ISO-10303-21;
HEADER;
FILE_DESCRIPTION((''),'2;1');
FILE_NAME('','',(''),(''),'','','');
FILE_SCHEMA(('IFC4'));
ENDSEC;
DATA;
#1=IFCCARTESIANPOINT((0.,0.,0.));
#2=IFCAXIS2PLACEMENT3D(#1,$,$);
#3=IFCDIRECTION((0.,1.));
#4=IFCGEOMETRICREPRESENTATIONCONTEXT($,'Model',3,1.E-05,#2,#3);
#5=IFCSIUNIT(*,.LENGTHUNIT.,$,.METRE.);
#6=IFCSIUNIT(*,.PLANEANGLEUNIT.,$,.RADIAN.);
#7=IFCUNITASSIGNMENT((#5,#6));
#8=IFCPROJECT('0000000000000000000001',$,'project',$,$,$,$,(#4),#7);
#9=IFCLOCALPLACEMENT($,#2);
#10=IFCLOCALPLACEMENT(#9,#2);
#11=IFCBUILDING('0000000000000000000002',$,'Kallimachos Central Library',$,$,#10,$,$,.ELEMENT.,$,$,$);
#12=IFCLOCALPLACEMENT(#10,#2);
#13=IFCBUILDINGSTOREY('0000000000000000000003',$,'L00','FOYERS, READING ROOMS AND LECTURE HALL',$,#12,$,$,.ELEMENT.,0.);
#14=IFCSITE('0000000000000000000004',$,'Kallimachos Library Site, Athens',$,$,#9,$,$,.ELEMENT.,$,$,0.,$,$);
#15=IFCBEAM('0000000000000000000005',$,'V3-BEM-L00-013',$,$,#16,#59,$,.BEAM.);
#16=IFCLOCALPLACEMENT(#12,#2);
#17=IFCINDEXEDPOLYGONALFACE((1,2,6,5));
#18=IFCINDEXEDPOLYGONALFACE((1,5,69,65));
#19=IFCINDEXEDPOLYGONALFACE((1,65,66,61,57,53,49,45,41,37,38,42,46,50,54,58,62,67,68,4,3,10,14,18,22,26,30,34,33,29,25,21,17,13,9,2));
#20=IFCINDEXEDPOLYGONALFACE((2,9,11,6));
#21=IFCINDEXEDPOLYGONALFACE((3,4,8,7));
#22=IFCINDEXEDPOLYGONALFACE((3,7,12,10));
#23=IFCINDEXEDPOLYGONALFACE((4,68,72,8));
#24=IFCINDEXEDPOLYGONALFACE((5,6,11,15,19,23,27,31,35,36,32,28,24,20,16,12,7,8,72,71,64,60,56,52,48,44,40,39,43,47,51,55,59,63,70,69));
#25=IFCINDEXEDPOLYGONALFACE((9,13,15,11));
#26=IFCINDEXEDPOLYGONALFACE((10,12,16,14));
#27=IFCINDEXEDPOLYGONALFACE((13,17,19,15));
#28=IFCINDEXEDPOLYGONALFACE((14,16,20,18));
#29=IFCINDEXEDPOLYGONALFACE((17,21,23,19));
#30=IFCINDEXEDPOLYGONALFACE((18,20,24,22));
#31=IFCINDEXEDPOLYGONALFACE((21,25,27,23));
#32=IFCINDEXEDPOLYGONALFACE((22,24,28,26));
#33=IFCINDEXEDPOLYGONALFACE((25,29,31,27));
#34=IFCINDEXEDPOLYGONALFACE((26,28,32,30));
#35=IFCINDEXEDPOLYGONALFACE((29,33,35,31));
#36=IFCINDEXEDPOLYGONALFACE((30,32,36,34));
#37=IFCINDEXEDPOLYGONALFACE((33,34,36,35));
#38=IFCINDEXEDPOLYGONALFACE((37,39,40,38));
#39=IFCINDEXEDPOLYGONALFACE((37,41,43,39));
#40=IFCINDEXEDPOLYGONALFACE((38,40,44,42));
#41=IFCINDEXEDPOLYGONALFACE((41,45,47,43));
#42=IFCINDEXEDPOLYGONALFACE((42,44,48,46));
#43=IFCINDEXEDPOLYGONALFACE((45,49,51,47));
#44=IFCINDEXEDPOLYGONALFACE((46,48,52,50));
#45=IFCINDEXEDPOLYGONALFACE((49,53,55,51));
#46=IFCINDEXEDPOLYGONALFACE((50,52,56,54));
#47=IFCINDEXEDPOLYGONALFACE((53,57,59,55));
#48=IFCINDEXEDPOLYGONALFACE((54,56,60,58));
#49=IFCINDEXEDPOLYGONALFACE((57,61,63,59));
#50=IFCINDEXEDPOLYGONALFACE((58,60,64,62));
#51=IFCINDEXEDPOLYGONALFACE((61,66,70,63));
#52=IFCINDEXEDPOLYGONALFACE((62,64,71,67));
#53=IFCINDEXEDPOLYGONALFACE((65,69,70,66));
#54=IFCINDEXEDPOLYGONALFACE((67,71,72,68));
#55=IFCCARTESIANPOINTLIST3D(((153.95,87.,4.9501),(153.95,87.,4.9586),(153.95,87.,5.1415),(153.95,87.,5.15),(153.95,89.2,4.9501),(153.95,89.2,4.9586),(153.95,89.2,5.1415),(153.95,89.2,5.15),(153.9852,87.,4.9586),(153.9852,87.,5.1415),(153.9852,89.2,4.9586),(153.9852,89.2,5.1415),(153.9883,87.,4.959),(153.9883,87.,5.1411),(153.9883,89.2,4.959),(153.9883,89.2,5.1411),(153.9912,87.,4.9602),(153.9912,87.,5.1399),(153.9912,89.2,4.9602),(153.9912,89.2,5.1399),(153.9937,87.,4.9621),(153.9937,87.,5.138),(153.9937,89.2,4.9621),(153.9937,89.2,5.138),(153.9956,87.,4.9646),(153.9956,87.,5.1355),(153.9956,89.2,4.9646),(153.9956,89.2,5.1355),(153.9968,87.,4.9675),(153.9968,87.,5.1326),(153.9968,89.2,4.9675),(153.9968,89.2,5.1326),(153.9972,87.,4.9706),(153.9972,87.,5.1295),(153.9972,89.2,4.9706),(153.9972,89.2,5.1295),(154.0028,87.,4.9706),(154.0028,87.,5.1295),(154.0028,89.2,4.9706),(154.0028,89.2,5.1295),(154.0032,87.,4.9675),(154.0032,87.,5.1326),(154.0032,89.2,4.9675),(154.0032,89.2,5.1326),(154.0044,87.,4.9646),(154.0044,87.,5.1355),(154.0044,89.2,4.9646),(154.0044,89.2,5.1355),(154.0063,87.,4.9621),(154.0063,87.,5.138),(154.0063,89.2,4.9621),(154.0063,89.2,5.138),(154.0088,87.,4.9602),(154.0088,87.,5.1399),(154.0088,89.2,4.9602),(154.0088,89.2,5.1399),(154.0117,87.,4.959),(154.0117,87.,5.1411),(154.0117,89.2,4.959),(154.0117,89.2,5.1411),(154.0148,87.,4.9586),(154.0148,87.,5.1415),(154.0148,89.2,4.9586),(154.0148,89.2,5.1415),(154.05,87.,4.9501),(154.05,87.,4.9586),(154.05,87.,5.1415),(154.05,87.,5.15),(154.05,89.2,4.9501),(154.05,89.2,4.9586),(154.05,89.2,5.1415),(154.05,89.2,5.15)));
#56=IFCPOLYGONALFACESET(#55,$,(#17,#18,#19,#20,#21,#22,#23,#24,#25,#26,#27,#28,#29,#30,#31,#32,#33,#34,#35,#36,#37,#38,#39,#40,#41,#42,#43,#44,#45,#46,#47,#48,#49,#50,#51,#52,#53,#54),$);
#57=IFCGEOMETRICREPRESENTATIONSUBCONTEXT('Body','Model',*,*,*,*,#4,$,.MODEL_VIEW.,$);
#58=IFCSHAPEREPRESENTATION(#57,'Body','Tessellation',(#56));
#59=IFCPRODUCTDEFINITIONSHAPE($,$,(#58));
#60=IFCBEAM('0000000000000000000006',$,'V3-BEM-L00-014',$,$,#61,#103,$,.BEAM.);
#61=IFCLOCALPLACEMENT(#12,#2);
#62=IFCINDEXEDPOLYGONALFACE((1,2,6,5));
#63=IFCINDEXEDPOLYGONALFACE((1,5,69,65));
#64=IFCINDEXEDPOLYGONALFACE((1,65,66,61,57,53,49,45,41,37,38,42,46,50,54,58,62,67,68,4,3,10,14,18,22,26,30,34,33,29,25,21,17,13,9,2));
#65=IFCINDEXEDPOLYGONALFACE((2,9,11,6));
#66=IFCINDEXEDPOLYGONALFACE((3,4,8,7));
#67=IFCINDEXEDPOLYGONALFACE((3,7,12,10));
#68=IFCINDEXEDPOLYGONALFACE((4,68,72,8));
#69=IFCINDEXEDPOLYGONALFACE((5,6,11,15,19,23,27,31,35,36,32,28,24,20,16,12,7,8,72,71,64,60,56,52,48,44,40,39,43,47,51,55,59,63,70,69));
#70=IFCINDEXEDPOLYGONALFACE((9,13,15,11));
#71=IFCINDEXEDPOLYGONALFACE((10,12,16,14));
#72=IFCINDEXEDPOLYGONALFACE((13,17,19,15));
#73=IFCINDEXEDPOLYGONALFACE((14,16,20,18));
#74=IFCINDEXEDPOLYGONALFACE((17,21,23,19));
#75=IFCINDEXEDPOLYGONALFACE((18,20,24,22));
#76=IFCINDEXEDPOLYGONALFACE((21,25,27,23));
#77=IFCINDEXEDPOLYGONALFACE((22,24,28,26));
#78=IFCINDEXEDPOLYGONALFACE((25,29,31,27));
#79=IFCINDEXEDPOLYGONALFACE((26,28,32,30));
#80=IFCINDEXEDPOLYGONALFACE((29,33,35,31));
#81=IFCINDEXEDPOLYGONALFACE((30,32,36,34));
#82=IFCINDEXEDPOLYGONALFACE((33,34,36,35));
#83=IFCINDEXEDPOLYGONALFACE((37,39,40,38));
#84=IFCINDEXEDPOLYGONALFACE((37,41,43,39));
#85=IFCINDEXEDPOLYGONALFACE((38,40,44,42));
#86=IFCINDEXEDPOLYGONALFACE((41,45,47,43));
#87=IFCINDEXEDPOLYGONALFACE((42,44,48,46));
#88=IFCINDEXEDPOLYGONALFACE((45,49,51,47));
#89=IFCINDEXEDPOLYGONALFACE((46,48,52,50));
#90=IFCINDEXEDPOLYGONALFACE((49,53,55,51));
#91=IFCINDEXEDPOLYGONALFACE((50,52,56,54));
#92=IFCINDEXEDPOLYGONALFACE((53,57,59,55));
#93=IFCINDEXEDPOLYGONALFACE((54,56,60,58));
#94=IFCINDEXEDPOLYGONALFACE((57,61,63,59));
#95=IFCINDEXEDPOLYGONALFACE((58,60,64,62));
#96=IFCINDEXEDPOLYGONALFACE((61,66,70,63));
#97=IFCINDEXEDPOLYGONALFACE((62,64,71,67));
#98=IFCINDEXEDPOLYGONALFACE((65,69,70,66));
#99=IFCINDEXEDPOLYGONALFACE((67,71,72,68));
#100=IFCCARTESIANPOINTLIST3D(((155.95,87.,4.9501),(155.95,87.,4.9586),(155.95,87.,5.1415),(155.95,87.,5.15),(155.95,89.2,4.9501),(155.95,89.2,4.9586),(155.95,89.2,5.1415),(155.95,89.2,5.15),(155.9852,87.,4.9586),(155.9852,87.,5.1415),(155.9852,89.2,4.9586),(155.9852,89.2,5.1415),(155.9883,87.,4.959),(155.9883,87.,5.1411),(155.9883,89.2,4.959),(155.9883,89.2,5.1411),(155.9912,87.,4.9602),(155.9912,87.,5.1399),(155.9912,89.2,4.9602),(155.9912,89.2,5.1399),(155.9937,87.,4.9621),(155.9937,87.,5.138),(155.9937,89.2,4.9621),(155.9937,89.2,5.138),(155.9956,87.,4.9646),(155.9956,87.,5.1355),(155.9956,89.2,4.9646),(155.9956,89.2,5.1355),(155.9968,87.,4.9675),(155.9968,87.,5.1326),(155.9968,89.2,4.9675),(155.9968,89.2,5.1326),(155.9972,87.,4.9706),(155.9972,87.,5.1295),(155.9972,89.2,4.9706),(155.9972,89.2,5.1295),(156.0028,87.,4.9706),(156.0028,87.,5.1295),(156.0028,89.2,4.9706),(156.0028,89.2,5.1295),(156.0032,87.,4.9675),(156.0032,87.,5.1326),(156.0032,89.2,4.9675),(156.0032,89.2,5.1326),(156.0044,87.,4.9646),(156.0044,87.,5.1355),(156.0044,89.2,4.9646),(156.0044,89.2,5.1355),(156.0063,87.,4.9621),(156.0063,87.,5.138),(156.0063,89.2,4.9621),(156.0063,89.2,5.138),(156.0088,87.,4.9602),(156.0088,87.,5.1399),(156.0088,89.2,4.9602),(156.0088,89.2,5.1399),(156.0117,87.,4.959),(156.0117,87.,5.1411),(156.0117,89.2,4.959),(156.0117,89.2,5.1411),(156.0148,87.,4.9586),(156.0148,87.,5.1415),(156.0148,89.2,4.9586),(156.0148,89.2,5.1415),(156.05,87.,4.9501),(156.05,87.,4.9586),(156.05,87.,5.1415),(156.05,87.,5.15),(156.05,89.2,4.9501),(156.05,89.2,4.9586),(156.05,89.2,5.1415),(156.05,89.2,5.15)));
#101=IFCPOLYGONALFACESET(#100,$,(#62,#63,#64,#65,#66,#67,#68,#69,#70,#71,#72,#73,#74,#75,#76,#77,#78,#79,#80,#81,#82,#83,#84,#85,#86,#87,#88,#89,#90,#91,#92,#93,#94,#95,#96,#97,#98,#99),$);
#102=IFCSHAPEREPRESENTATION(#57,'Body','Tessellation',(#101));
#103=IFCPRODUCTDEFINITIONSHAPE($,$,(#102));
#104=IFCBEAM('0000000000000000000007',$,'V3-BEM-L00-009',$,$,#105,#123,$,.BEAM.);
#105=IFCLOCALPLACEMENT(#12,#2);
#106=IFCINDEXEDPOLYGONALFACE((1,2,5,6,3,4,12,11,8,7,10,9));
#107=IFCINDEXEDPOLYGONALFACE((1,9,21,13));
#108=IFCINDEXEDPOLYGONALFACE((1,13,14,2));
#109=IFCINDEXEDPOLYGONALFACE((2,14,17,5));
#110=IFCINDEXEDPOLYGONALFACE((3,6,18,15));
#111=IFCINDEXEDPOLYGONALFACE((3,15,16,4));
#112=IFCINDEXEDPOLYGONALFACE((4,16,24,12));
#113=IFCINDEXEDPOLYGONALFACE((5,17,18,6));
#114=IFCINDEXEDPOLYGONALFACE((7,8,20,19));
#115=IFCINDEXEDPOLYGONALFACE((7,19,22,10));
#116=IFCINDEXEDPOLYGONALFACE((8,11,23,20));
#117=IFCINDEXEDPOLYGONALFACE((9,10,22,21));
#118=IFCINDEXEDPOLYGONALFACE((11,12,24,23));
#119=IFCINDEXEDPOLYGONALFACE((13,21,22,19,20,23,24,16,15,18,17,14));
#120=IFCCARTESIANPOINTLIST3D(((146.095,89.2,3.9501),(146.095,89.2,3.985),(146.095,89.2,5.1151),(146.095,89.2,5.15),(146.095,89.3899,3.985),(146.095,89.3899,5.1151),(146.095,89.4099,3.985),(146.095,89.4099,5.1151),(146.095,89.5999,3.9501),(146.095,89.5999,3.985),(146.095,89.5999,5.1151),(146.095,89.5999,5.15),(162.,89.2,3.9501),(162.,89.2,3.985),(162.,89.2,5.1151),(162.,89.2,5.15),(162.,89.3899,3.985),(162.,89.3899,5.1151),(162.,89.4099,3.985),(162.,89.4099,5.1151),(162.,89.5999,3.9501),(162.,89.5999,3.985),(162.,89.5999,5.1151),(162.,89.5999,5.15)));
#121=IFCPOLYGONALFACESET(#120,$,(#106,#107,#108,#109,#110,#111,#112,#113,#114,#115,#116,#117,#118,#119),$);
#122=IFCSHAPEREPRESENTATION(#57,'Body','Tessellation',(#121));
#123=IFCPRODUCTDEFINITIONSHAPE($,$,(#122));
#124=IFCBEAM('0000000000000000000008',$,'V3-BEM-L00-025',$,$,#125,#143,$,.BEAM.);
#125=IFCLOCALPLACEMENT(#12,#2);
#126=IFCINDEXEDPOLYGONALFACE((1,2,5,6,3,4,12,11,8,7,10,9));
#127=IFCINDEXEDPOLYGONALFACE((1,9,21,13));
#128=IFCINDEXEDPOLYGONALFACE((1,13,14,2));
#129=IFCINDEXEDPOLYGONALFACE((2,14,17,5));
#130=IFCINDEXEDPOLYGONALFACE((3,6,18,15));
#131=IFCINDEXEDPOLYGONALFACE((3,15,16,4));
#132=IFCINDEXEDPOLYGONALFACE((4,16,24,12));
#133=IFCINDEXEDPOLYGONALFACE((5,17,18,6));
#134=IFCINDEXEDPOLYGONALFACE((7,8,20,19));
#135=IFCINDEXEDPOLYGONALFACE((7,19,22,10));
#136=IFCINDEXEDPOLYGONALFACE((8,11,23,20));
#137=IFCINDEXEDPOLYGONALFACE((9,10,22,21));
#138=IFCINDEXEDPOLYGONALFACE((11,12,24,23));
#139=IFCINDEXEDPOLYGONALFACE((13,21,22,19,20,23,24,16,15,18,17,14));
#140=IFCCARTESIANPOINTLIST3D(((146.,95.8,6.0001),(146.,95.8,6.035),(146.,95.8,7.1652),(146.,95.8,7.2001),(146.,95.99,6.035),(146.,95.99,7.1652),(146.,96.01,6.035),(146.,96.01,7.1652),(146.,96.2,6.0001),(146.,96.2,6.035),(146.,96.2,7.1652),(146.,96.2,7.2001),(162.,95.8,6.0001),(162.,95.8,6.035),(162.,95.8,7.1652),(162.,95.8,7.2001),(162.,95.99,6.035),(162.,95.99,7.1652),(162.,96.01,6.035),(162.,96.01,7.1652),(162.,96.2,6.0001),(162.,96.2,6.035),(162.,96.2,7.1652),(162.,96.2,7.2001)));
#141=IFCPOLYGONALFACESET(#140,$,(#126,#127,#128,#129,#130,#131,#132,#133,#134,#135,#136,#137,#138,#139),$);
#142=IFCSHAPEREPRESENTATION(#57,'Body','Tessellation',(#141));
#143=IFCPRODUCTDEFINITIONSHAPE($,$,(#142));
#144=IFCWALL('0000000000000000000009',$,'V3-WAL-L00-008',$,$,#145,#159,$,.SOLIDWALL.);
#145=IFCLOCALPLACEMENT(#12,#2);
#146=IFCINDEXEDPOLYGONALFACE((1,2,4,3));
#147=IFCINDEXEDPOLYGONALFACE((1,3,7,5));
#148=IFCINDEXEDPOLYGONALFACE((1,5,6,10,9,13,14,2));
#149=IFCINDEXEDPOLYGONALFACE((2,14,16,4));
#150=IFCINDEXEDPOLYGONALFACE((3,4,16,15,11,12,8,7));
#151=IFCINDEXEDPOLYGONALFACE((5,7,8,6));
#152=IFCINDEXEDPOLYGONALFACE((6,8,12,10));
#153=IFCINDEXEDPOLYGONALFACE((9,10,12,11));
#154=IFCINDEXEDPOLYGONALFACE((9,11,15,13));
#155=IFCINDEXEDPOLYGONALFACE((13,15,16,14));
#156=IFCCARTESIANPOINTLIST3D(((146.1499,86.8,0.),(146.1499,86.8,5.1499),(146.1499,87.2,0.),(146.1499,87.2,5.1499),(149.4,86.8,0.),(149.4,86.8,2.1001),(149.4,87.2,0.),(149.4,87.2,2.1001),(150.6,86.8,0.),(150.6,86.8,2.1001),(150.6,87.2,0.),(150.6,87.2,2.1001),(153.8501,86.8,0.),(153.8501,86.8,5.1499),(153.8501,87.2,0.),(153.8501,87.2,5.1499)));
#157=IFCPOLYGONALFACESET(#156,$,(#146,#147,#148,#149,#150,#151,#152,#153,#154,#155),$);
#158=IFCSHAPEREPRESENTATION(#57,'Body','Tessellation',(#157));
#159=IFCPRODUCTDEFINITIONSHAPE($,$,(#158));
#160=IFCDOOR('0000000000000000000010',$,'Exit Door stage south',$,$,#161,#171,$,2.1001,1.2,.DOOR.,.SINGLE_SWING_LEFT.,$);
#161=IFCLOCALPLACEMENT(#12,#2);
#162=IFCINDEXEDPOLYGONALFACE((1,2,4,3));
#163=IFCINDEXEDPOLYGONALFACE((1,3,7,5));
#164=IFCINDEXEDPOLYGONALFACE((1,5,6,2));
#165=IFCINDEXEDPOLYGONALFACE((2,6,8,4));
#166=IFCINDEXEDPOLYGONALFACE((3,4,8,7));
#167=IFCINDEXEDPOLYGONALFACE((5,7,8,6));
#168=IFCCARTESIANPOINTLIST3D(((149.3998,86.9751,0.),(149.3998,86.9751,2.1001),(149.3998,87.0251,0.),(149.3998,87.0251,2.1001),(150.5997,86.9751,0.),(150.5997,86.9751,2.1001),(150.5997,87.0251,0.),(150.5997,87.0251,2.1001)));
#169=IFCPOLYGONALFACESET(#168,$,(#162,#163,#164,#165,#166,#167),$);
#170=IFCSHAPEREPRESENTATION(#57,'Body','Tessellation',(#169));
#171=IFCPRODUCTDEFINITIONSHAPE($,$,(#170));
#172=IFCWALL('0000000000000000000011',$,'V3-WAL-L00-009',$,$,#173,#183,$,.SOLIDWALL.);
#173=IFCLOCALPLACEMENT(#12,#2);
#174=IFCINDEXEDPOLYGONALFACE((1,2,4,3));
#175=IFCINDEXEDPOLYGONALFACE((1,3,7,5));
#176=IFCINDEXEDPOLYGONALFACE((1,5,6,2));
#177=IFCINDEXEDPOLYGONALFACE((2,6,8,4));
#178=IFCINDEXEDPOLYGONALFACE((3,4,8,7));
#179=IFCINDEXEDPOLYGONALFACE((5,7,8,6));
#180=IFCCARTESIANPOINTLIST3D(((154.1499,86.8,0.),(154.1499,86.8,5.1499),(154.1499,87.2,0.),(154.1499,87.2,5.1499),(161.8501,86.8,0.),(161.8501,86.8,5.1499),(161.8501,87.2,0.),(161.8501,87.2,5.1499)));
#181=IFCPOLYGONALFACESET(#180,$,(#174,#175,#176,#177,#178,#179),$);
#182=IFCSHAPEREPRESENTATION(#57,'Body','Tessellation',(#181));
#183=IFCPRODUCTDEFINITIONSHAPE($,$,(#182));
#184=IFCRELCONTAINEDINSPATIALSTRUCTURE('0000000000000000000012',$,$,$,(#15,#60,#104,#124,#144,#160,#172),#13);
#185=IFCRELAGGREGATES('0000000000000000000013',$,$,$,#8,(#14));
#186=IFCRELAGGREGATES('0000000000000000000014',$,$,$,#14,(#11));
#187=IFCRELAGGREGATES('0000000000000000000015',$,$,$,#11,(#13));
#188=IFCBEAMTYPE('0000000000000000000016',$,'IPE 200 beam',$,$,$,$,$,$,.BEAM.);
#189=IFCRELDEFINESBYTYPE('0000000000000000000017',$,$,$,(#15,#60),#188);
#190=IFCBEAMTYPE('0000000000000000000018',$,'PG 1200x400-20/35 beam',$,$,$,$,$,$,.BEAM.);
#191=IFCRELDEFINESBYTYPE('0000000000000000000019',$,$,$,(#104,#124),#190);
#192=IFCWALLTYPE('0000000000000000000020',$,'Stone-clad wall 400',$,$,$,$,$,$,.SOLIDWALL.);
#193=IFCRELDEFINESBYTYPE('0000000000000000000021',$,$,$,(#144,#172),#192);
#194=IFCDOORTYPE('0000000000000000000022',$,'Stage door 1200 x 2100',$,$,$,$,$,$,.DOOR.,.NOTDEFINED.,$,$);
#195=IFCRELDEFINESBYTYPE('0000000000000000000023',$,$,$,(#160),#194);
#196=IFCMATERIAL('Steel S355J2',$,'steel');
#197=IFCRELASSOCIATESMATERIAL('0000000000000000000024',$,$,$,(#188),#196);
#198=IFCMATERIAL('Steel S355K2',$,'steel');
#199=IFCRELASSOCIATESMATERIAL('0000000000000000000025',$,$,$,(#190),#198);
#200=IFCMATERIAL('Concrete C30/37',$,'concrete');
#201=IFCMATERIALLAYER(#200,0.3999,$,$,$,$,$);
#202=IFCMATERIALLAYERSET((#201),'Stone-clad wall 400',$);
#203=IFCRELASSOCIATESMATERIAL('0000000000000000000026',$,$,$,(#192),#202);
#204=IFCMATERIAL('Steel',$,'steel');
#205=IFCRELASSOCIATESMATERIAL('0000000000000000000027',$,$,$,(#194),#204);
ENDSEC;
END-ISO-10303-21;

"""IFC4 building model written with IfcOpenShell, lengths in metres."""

from ifc_helpers import new_model, si_unit, direction, frame, frame_2d, origin, origin_2d, place, context, subcontext, project, spatial, rectangle, i_section, extrude, material, layer, layer_set, material_profile, profile_set, type_object, element, fill, save


model = new_model("IFC4")

# Units and contexts
model_context = context("Model", 3, precision=1e-05, world=origin(), true_north=direction((0.0, 1.0)))
body_context = subcontext(model_context, "Body", "Model", "MODEL_VIEW")
ifc_project = project(units=[si_unit("LENGTHUNIT", "METRE"), si_unit("PLANEANGLEUNIT", "RADIAN")], contexts=[model_context])

# Site, building, storey
site_placement = place(None, origin())
site = spatial("IfcSite", under=ifc_project, at=site_placement, Name="Kallimachos Library Site, Athens", CompositionType="ELEMENT", RefElevation=0.0)
building_placement = place(site_placement, origin())
building = spatial("IfcBuilding", under=site, at=building_placement, Name="Kallimachos Central Library", CompositionType="ELEMENT")
storey_placement = place(building_placement, origin())
storey = spatial("IfcBuildingStorey", under=building, at=storey_placement, Name="L00", Description="FOYERS, READING ROOMS AND LECTURE HALL", CompositionType="ELEMENT", Elevation=0.0)

# Beams
ifc_material_1 = material(Name="Steel S355J2", Category="steel")
ifc_material_profile_1 = material_profile(ifc_material_1, i_section(OverallWidth=0.1001, OverallDepth=0.2, WebThickness=0.0056, FlangeThickness=0.0085, FilletRadius=0.012, at=origin_2d()), Name="IPE 200")
ifc_profile_set_1 = profile_set([ifc_material_profile_1], Name="Steel S355J2")
beam_type_1 = type_object("IfcBeamType", Name="IPE 200 beam", PredefinedType="BEAM", material=ifc_profile_set_1)
for number, where, z_axis, x_axis, name in (
    (1, (154.0, 87.0, 5.05), (0.0, 1.0, 0.0), (-1.0, 0.0, 0.0), "V3-BEM-L00-013"),
    (2, (156.0, 87.0, 5.05), (0.0, 1.0, 0.0), (-1.0, 0.0, 0.0), "V3-BEM-L00-014"),
):
    element("IfcBeam", number, at=place(storey_placement, frame(where, z_axis=z_axis, x_axis=x_axis)), inside=storey, type_object=beam_type_1, Name=name, PredefinedType="BEAM", context=body_context, shape_type="SweptSolid", body=[
        extrude(i_section(OverallWidth=0.1001, OverallDepth=0.2, WebThickness=0.0056, FlangeThickness=0.0085, FilletRadius=0.012, at=origin_2d()), origin(), (0.0, 0.0, 1.0), 2.2),
    ])
ifc_material_2 = material(Name="Steel S355K2", Category="steel")
ifc_material_profile_2 = material_profile(ifc_material_2, i_section(OverallWidth=0.3999, OverallDepth=1.2, WebThickness=0.02, FlangeThickness=0.0349, at=origin_2d()), Name="PG 1200x400-20/35")
ifc_profile_set_2 = profile_set([ifc_material_profile_2], Name="Steel S355K2")
beam_type_2 = type_object("IfcBeamType", Name="PG 1200x400-20/35 beam", PredefinedType="BEAM", material=ifc_profile_set_2)
beam_1_placement = place(storey_placement, frame((146.095, 89.3999, 4.55), z_axis=(1.0, 0.0, 0.0), x_axis=(0.0, 1.0, 0.0)))
element("IfcBeam", 3, at=beam_1_placement, inside=storey, type_object=beam_type_2, Name="V3-BEM-L00-009", PredefinedType="BEAM", context=body_context, shape_type="SweptSolid", body=[
    extrude(i_section(OverallWidth=0.3999, OverallDepth=1.2, WebThickness=0.02, FlangeThickness=0.0349, at=origin_2d()), origin(), (0.0, 0.0, 1.0), 15.905),
])
beam_2_placement = place(storey_placement, frame((146.0, 96.0, 6.6001), z_axis=(1.0, 0.0, 0.0), x_axis=(0.0, 1.0, 0.0)))
element("IfcBeam", 4, at=beam_2_placement, inside=storey, type_object=beam_type_2, Name="V3-BEM-L00-025", PredefinedType="BEAM", context=body_context, shape_type="SweptSolid", body=[
    extrude(i_section(OverallWidth=0.3999, OverallDepth=1.2, WebThickness=0.02, FlangeThickness=0.0349, at=origin_2d()), origin(), (0.0, 0.0, 1.0), 16.0),
])

# Wall, opening, door
ifc_material_3 = material(Name="Concrete C30/37", Category="concrete")
ifc_layer_1 = layer(ifc_material_3, 0.3999)
ifc_layer_set_1 = layer_set([ifc_layer_1], Name="Stone-clad wall 400")
wall_type = type_object("IfcWallType", Name="Stone-clad wall 400", PredefinedType="SOLIDWALL", material=ifc_layer_set_1)
wall_1_placement = place(storey_placement, frame((146.1499, 87.0, 0.0), z_axis=(0.0, 0.0, 1.0), x_axis=(1.0, 0.0, 0.0)))
wall_1 = element("IfcWall", 5, at=wall_1_placement, inside=storey, type_object=wall_type, Name="V3-WAL-L00-008", PredefinedType="SOLIDWALL", context=body_context, shape_type="SweptSolid", body=[
    extrude(rectangle(XDim=7.7002, YDim=0.3999, at=frame_2d((3.8501, 0.0))), origin(), (0.0, 0.0, 1.0), 5.1499),
])
opening_placement = place(wall_1_placement, frame((3.25, 0.0, 0.0)))
opening = element("IfcOpeningElement", 6, at=opening_placement, cuts=wall_1, PredefinedType="OPENING", context=body_context, shape_type="SweptSolid", body=[
    extrude(rectangle(XDim=1.2, YDim=2.1001, at=frame_2d((0.6001, 1.05))), frame((0.0, 0.21, 0.0), z_axis=(0.0, -1.0, 0.0), x_axis=(1.0, 0.0, 0.0)), (0.0, 0.0, 1.0), 0.4199),
])
ifc_material_4 = material(Name="Steel", Category="steel")
door_type = type_object("IfcDoorType", Name="Stage door 1200 x 2100", OperationType="NOTDEFINED", PredefinedType="DOOR", material=ifc_material_4)
door_placement = place(opening_placement, frame((1.2, 0.0, 0.0), z_axis=(0.0, 0.0, 1.0), x_axis=(-1.0, 0.0, 0.0)))
door = element("IfcDoor", 7, at=door_placement, inside=storey, type_object=door_type, Name="Exit Door stage south", OperationType="SINGLE_SWING_LEFT", OverallHeight=2.1001, OverallWidth=1.2, PredefinedType="DOOR", context=body_context, shape_type="SweptSolid", body=[
    extrude(rectangle(XDim=1.2, YDim=2.1001, at=frame_2d((0.6001, 1.05))), frame((0.0, 0.0249, 0.0), z_axis=(0.0, -1.0, 0.0), x_axis=(1.0, 0.0, 0.0)), (0.0, 0.0, 1.0), 0.05),
])
fill(opening, door)

# Wall
wall_2_placement = place(storey_placement, frame((154.1499, 87.0, 0.0), z_axis=(0.0, 0.0, 1.0), x_axis=(1.0, 0.0, 0.0)))
element("IfcWall", 8, at=wall_2_placement, inside=storey, type_object=wall_type, Name="V3-WAL-L00-009", PredefinedType="SOLIDWALL", context=body_context, shape_type="SweptSolid", body=[
    extrude(rectangle(XDim=7.7002, YDim=0.3999, at=frame_2d((3.8501, 0.0))), origin(), (0.0, 0.0, 1.0), 5.1499),
])

save(model, "model.ifc")
